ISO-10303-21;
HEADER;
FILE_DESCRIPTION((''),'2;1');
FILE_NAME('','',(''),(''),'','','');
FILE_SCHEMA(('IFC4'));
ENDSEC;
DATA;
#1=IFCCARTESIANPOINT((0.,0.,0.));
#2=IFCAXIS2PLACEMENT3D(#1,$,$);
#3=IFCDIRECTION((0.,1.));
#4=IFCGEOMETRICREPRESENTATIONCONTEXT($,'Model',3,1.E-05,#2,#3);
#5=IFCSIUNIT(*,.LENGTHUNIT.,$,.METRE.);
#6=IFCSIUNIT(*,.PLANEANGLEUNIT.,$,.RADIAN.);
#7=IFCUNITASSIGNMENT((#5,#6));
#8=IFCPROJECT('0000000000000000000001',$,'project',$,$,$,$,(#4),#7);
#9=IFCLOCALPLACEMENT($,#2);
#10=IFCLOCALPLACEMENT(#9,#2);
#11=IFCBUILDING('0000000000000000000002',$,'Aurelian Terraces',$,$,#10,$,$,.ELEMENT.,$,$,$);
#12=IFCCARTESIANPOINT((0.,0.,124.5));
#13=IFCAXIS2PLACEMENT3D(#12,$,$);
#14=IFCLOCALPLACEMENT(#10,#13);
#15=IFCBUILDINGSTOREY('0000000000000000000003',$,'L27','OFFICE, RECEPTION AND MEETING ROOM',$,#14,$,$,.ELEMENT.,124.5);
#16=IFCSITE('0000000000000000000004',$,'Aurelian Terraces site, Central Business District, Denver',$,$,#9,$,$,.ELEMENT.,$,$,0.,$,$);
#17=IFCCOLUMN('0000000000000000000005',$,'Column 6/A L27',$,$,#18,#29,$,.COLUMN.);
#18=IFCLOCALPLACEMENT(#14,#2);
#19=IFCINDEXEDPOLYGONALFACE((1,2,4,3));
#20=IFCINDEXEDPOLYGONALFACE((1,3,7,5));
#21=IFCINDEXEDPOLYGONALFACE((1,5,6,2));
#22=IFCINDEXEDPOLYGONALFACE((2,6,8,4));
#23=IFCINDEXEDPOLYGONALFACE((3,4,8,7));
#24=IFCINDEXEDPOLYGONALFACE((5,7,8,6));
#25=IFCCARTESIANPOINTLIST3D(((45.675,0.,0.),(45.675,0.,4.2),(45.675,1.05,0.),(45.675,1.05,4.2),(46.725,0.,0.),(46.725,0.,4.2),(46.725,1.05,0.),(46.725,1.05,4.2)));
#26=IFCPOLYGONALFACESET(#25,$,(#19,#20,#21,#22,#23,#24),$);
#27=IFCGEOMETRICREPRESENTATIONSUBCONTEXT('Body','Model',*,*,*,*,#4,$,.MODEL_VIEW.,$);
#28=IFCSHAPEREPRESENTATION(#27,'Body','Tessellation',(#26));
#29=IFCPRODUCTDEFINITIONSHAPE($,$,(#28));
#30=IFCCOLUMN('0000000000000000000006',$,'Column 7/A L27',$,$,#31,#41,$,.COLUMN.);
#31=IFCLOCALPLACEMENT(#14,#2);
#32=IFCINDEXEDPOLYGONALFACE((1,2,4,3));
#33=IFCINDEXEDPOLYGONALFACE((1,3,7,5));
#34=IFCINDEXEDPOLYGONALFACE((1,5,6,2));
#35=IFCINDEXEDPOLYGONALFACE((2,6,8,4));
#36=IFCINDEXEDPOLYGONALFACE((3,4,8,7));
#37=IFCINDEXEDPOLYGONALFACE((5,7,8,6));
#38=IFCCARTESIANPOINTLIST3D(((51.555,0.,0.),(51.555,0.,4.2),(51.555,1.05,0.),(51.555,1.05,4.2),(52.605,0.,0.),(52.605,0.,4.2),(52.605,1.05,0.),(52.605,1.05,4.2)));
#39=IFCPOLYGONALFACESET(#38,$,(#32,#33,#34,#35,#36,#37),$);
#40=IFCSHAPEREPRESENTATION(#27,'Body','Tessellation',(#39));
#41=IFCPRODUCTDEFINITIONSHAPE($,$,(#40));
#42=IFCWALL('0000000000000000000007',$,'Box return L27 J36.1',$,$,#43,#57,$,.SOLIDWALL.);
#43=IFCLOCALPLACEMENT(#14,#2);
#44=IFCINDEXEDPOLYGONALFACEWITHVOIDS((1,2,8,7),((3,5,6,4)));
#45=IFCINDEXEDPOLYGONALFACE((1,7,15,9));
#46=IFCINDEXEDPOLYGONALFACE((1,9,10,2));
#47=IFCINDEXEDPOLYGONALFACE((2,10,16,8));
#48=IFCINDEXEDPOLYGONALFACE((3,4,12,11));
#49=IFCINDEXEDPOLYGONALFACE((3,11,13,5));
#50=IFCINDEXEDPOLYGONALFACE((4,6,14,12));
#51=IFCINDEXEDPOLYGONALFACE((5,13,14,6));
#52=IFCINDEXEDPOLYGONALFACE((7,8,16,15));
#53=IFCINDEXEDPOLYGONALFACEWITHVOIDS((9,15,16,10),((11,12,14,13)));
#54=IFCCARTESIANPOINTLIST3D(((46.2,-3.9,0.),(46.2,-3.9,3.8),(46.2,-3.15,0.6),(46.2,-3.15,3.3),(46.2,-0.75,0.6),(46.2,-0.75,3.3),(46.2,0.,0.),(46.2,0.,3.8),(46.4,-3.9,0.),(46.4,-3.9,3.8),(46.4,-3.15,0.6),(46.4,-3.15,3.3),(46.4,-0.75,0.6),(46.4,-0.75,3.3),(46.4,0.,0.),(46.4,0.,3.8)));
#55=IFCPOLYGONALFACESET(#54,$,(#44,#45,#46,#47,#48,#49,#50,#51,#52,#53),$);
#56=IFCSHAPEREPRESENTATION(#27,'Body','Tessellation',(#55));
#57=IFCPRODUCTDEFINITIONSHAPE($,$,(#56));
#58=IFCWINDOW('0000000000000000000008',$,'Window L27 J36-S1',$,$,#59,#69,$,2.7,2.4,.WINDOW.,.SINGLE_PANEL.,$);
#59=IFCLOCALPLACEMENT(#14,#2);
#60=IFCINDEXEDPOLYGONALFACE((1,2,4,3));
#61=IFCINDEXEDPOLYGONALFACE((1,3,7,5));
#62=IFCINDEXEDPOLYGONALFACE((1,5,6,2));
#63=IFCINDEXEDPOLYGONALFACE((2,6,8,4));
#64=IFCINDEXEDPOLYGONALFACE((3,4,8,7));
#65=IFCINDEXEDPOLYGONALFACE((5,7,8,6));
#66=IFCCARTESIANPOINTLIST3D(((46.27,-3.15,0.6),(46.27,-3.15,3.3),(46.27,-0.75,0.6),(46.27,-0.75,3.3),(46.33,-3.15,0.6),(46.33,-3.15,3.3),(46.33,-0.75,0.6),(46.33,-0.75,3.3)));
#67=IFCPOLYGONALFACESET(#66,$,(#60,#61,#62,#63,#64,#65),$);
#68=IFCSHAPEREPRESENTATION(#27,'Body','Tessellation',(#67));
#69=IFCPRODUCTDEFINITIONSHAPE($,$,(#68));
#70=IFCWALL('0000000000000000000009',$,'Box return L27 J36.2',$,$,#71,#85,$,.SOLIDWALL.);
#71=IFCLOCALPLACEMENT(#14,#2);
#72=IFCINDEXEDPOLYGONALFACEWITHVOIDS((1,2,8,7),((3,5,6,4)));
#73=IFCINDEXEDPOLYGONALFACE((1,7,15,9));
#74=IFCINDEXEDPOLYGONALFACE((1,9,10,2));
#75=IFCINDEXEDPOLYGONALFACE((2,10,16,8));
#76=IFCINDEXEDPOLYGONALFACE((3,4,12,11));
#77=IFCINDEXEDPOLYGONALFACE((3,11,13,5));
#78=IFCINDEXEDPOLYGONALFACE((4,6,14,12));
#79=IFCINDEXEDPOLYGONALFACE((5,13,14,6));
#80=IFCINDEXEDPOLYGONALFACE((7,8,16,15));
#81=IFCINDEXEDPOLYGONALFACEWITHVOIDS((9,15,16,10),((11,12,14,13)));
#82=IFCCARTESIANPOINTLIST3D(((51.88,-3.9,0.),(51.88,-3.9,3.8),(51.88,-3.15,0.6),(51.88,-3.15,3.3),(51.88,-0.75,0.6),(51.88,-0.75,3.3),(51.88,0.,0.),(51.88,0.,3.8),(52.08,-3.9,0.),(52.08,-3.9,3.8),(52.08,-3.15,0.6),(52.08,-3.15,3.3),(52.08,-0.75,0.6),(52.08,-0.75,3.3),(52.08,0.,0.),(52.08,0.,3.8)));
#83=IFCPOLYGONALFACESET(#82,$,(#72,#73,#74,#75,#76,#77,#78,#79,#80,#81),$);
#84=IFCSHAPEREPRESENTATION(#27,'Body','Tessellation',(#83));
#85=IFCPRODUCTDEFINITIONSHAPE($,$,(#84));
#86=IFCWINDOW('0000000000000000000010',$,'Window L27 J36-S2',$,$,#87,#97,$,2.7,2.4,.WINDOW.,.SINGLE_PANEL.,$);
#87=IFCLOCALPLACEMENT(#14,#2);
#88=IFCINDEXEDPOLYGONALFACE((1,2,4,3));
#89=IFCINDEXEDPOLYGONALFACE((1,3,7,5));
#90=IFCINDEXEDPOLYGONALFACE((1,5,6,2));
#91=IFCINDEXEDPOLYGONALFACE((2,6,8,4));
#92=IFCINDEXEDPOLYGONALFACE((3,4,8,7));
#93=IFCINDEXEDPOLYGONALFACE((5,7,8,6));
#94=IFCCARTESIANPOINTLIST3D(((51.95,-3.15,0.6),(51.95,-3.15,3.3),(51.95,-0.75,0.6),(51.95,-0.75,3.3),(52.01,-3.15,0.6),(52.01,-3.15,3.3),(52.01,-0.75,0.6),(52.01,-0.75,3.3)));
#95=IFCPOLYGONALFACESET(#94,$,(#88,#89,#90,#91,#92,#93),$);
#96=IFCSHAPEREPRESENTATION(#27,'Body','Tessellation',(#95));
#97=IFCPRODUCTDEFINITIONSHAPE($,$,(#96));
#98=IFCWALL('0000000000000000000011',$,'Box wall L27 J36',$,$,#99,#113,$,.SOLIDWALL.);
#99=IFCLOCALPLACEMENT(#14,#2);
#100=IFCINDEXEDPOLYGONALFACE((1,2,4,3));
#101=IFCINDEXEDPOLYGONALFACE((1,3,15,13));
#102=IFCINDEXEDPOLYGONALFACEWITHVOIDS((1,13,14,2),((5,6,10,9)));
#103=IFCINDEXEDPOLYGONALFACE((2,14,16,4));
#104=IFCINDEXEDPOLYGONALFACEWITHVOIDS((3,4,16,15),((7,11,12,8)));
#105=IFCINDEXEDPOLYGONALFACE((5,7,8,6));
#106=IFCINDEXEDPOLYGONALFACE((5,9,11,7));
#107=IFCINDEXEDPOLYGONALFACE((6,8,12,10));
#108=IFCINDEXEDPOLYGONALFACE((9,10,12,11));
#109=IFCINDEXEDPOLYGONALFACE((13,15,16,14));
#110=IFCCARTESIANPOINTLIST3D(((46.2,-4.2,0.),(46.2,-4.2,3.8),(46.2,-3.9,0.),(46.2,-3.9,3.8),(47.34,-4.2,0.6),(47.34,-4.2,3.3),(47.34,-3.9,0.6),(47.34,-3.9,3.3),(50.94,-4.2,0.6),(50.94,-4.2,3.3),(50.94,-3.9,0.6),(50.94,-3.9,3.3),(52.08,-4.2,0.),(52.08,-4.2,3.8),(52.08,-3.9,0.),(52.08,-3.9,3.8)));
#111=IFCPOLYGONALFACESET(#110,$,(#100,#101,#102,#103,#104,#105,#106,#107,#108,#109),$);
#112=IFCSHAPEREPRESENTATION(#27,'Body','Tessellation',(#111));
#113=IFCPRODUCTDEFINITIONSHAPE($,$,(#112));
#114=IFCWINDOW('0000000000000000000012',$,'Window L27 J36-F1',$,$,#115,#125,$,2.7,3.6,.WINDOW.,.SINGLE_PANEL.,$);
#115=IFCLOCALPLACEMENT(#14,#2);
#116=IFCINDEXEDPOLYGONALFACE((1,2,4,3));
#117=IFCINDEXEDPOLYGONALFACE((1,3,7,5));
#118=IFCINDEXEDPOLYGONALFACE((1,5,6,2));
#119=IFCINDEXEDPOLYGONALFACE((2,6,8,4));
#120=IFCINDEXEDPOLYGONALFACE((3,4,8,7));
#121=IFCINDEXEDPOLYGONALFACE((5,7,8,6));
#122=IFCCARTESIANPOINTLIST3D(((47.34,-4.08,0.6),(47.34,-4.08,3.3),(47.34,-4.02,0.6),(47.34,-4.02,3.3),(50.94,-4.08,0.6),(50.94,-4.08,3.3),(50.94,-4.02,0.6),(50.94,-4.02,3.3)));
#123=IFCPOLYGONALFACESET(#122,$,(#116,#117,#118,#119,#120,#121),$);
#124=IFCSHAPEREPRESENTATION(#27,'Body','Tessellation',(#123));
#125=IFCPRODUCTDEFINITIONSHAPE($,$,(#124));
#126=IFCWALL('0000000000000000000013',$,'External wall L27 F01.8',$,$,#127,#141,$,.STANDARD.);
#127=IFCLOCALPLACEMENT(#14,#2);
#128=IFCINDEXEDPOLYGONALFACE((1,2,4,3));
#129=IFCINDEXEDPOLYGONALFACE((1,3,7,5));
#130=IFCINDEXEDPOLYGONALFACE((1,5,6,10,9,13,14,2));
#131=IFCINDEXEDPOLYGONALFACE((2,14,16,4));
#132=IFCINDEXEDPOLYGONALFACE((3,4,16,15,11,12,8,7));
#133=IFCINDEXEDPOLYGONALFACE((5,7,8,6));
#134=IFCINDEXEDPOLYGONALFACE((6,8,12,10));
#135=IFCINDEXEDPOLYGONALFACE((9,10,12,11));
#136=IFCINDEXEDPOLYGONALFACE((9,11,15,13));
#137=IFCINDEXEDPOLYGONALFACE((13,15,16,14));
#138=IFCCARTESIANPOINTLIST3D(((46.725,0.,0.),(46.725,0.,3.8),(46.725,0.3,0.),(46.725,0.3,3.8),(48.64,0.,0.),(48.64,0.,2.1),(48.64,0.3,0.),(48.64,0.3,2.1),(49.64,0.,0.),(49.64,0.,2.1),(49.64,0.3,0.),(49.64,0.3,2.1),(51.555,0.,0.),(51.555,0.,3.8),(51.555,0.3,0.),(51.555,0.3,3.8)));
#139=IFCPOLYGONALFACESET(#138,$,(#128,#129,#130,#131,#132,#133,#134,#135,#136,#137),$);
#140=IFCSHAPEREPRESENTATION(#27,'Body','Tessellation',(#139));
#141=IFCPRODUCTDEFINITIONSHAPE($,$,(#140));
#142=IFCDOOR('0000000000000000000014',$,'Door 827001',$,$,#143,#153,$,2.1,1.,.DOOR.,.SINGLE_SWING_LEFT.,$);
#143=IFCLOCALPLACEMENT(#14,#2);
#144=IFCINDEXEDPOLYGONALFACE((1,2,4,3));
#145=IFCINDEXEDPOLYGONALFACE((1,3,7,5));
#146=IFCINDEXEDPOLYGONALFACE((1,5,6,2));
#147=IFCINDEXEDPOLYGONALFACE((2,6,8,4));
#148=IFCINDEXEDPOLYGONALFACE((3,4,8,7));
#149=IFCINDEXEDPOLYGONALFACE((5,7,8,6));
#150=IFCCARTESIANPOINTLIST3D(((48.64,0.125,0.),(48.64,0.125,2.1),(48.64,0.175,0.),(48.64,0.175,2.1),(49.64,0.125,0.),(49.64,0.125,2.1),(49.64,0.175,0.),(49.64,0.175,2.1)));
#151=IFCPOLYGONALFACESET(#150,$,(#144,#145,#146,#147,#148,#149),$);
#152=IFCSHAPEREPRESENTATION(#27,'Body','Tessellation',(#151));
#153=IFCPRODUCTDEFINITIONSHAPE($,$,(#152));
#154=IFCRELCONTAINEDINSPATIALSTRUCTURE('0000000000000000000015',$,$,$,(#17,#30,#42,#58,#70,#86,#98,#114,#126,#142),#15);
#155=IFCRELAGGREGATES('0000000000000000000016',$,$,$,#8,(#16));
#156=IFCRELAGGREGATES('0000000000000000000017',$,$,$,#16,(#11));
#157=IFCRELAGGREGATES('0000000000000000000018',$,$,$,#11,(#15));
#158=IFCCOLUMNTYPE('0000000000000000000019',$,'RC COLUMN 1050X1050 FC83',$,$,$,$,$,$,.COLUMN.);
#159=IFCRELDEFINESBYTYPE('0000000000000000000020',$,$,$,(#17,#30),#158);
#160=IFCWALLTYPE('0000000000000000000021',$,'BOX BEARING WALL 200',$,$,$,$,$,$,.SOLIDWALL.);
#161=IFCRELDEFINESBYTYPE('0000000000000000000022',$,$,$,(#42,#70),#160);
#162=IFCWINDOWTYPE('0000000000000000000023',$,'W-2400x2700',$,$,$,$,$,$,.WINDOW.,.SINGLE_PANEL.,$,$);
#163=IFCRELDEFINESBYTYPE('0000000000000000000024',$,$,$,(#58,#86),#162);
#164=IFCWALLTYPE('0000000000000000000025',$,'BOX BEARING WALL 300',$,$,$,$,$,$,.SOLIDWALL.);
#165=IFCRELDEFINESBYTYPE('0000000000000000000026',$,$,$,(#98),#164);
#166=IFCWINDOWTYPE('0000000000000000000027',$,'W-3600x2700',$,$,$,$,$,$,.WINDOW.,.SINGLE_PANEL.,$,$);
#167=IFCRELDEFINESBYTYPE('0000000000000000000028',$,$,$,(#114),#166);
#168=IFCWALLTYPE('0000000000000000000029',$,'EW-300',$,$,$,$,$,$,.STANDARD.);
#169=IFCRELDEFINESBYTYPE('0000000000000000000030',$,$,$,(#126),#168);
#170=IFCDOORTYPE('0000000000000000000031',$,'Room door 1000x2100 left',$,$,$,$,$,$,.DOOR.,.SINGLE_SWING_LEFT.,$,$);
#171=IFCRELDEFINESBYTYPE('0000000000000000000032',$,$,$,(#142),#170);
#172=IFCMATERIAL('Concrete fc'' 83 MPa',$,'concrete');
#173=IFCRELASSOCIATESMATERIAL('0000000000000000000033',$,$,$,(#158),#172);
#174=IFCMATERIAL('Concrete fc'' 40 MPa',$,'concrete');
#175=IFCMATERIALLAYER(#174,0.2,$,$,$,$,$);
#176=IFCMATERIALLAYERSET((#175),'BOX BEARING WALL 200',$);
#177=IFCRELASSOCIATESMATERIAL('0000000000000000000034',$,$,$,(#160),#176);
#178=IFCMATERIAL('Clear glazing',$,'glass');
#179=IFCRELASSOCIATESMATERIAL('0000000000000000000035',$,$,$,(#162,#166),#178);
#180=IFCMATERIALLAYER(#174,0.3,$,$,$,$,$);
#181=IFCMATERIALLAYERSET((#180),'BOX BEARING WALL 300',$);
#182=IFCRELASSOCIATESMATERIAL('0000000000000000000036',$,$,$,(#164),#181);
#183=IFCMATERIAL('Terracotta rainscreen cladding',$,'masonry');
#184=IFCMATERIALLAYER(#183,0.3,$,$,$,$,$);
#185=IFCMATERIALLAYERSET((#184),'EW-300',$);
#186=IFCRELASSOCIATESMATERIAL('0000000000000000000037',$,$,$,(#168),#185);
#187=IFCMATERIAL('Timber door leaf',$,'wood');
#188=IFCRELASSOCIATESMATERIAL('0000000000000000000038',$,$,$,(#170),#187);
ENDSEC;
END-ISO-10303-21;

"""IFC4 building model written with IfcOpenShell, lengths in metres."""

from ifc_helpers import new_model, si_unit, direction, frame, frame_2d, origin, origin_2d, place, context, subcontext, project, spatial, rectangle, extrude, source, transform, mapped, material, layer, layer_set, material_profile, profile_set, type_object, element, fill, save


model = new_model("IFC4")

# Units and contexts
model_context = context("Model", 3, precision=1e-05, world=origin(), true_north=direction((0.0, 1.0)))
body_context = subcontext(model_context, "Body", "Model", "MODEL_VIEW")
ifc_project = project(units=[si_unit("LENGTHUNIT", "METRE"), si_unit("PLANEANGLEUNIT", "RADIAN")], contexts=[model_context])

# Site, building, storey
site_placement = place(None, origin())
site = spatial("IfcSite", under=ifc_project, at=site_placement, Name="Aurelian Terraces site, Central Business District, Denver", CompositionType="ELEMENT", RefElevation=0.0)
building_placement = place(site_placement, origin())
building = spatial("IfcBuilding", under=site, at=building_placement, Name="Aurelian Terraces", CompositionType="ELEMENT")
storey_placement = place(building_placement, frame((0.0, 0.0, 124.5)))
storey = spatial("IfcBuildingStorey", under=building, at=storey_placement, Name="L27", Description="OFFICE, RECEPTION AND MEETING ROOM", CompositionType="ELEMENT", Elevation=124.5)

# Columns
ifc_material_1 = material(Name="Concrete fc' 83 MPa", Category="concrete")
ifc_material_profile = material_profile(ifc_material_1, rectangle(XDim=1.05, YDim=1.05, at=origin_2d()))
ifc_profile_set = profile_set([ifc_material_profile], Name="Concrete fc' 83 MPa")
column_type = type_object("IfcColumnType", Name="RC COLUMN 1050X1050 FC83", PredefinedType="COLUMN", material=ifc_profile_set)
shared_shape_1 = source(origin(), body_context, "Body", "SweptSolid", [
    extrude(rectangle(XDim=1.05, YDim=1.05, at=origin_2d()), origin(), (0.0, 0.0, 1.0), 4.2),
])
for number, where, z_axis, x_axis, name in (
    (1, (46.2, 0.525, 0.0), (0.0, 0.0, 1.0), (1.0, 0.0, 0.0), "Column 6/A L27"),
    (2, (52.08, 0.525, 0.0), (0.0, 0.0, 1.0), (1.0, 0.0, 0.0), "Column 7/A L27"),
):
    element("IfcColumn", number, at=place(storey_placement, frame(where, z_axis=z_axis, x_axis=x_axis)), inside=storey, type_object=column_type, Name=name, PredefinedType="COLUMN", context=body_context, shape_type="MappedRepresentation", body=[
        mapped(shared_shape_1, transform((0.0, 0.0, 0.0), scale=1.0)),
    ])

# Walls, openings, windows
ifc_material_2 = material(Name="Concrete fc' 40 MPa", Category="concrete")
ifc_layer_1 = layer(ifc_material_2, 0.2)
ifc_layer_set_1 = layer_set([ifc_layer_1], Name="BOX BEARING WALL 200")
wall_type_1 = type_object("IfcWallType", Name="BOX BEARING WALL 200", PredefinedType="SOLIDWALL", material=ifc_layer_set_1)
shared_shape_2 = source(origin(), body_context, "Body", "SweptSolid", [
    extrude(rectangle(XDim=3.9, YDim=0.2, at=frame_2d((1.95, 0.0))), origin(), (0.0, 0.0, 1.0), 3.8),
])
wall_1_placement = place(storey_placement, frame((46.3, 0.0, 0.0), z_axis=(0.0, 0.0, 1.0), x_axis=(0.0, -1.0, 0.0)))
wall_1 = element("IfcWall", 3, at=wall_1_placement, inside=storey, type_object=wall_type_1, Name="Box return L27 J36.1", PredefinedType="SOLIDWALL", context=body_context, shape_type="MappedRepresentation", body=[
    mapped(shared_shape_2, transform((0.0, 0.0, 0.0), scale=1.0)),
])
shared_shape_3 = source(origin(), body_context, "Body", "SweptSolid", [
    extrude(rectangle(XDim=2.4, YDim=2.7, at=frame_2d((1.2, 1.35))), frame((0.0, 0.11, 0.0), z_axis=(0.0, -1.0, 0.0), x_axis=(1.0, 0.0, 0.0)), (0.0, 0.0, 1.0), 0.22),
])
opening_1_placement = place(wall_1_placement, frame((0.75, 0.0, 0.6)))
opening_1 = element("IfcOpeningElement", 4, at=opening_1_placement, cuts=wall_1, PredefinedType="OPENING", context=body_context, shape_type="MappedRepresentation", body=[
    mapped(shared_shape_3, transform((0.0, 0.0, 0.0), scale=1.0)),
])
ifc_material_3 = material(Name="Clear glazing", Category="glass")
window_type_1 = type_object("IfcWindowType", Name="W-2400x2700", PartitioningType="SINGLE_PANEL", PredefinedType="WINDOW", material=ifc_material_3)
shared_shape_4 = source(origin(), body_context, "Body", "SweptSolid", [
    extrude(rectangle(XDim=2.4, YDim=2.7, at=frame_2d((1.2, 1.35))), frame((0.0, 0.03, 0.0), z_axis=(0.0, -1.0, 0.0), x_axis=(1.0, 0.0, 0.0)), (0.0, 0.0, 1.0), 0.06),
])
window_1_placement = place(opening_1_placement, origin())
window_1 = element("IfcWindow", 5, at=window_1_placement, inside=storey, type_object=window_type_1, Name="Window L27 J36-S1", OverallHeight=2.7, OverallWidth=2.4, PartitioningType="SINGLE_PANEL", PredefinedType="WINDOW", context=body_context, shape_type="MappedRepresentation", body=[
    mapped(shared_shape_4, transform((0.0, 0.0, 0.0), scale=1.0)),
])
fill(opening_1, window_1)
wall_2_placement = place(storey_placement, frame((51.98, 0.0, 0.0), z_axis=(0.0, 0.0, 1.0), x_axis=(0.0, -1.0, 0.0)))
wall_2 = element("IfcWall", 6, at=wall_2_placement, inside=storey, type_object=wall_type_1, Name="Box return L27 J36.2", PredefinedType="SOLIDWALL", context=body_context, shape_type="MappedRepresentation", body=[
    mapped(shared_shape_2, transform((0.0, 0.0, 0.0), scale=1.0)),
])
opening_2_placement = place(wall_2_placement, frame((0.75, 0.0, 0.6)))
opening_2 = element("IfcOpeningElement", 7, at=opening_2_placement, cuts=wall_2, PredefinedType="OPENING", context=body_context, shape_type="MappedRepresentation", body=[
    mapped(shared_shape_3, transform((0.0, 0.0, 0.0), scale=1.0)),
])
window_2_placement = place(opening_2_placement, origin())
window_2 = element("IfcWindow", 8, at=window_2_placement, inside=storey, type_object=window_type_1, Name="Window L27 J36-S2", OverallHeight=2.7, OverallWidth=2.4, PartitioningType="SINGLE_PANEL", PredefinedType="WINDOW", context=body_context, shape_type="MappedRepresentation", body=[
    mapped(shared_shape_4, transform((0.0, 0.0, 0.0), scale=1.0)),
])
fill(opening_2, window_2)
ifc_layer_2 = layer(ifc_material_2, 0.3)
ifc_layer_set_2 = layer_set([ifc_layer_2], Name="BOX BEARING WALL 300")
wall_type_2 = type_object("IfcWallType", Name="BOX BEARING WALL 300", PredefinedType="SOLIDWALL", material=ifc_layer_set_2)
shared_shape_5 = source(origin(), body_context, "Body", "SweptSolid", [
    extrude(rectangle(XDim=5.88, YDim=0.3, at=frame_2d((2.94, 0.0))), origin(), (0.0, 0.0, 1.0), 3.8),
])
wall_3_placement = place(storey_placement, frame((46.2, -4.05, 0.0), z_axis=(0.0, 0.0, 1.0), x_axis=(1.0, 0.0, 0.0)))
wall_3 = element("IfcWall", 9, at=wall_3_placement, inside=storey, type_object=wall_type_2, Name="Box wall L27 J36", PredefinedType="SOLIDWALL", context=body_context, shape_type="MappedRepresentation", body=[
    mapped(shared_shape_5, transform((0.0, 0.0, 0.0), scale=1.0)),
])
shared_shape_6 = source(origin(), body_context, "Body", "SweptSolid", [
    extrude(rectangle(XDim=3.6, YDim=2.7, at=frame_2d((1.8, 1.35))), frame((0.0, 0.16, 0.0), z_axis=(0.0, -1.0, 0.0), x_axis=(1.0, 0.0, 0.0)), (0.0, 0.0, 1.0), 0.32),
])
opening_3_placement = place(wall_3_placement, frame((1.14, 0.0, 0.6)))
opening_3 = element("IfcOpeningElement", 10, at=opening_3_placement, cuts=wall_3, PredefinedType="OPENING", context=body_context, shape_type="MappedRepresentation", body=[
    mapped(shared_shape_6, transform((0.0, 0.0, 0.0), scale=1.0)),
])
window_type_2 = type_object("IfcWindowType", Name="W-3600x2700", PartitioningType="SINGLE_PANEL", PredefinedType="WINDOW", material=ifc_material_3)
shared_shape_7 = source(origin(), body_context, "Body", "SweptSolid", [
    extrude(rectangle(XDim=3.6, YDim=2.7, at=frame_2d((1.8, 1.35))), frame((0.0, 0.03, 0.0), z_axis=(0.0, -1.0, 0.0), x_axis=(1.0, 0.0, 0.0)), (0.0, 0.0, 1.0), 0.06),
])
window_3_placement = place(opening_3_placement, origin())
window_3 = element("IfcWindow", 11, at=window_3_placement, inside=storey, type_object=window_type_2, Name="Window L27 J36-F1", OverallHeight=2.7, OverallWidth=3.6, PartitioningType="SINGLE_PANEL", PredefinedType="WINDOW", context=body_context, shape_type="MappedRepresentation", body=[
    mapped(shared_shape_7, transform((0.0, 0.0, 0.0), scale=1.0)),
])
fill(opening_3, window_3)

# Wall, opening, door
ifc_material_4 = material(Name="Terracotta rainscreen cladding", Category="masonry")
ifc_layer_3 = layer(ifc_material_4, 0.3)
ifc_layer_set_3 = layer_set([ifc_layer_3], Name="EW-300")
wall_type_3 = type_object("IfcWallType", Name="EW-300", PredefinedType="STANDARD", material=ifc_layer_set_3)
shared_shape_8 = source(origin(), body_context, "Body", "SweptSolid", [
    extrude(rectangle(XDim=4.83, YDim=0.3, at=frame_2d((2.415, 0.0))), origin(), (0.0, 0.0, 1.0), 3.8),
])
wall_4_placement = place(storey_placement, frame((46.725, 0.15, 0.0), z_axis=(0.0, 0.0, 1.0), x_axis=(1.0, 0.0, 0.0)))
wall_4 = element("IfcWall", 12, at=wall_4_placement, inside=storey, type_object=wall_type_3, Name="External wall L27 F01.8", PredefinedType="STANDARD", context=body_context, shape_type="MappedRepresentation", body=[
    mapped(shared_shape_8, transform((0.0, 0.0, 0.0), scale=1.0)),
])
shared_shape_9 = source(origin(), body_context, "Body", "SweptSolid", [
    extrude(rectangle(XDim=1.0, YDim=2.1, at=frame_2d((0.5, 1.05))), frame((0.0, 0.16, 0.0), z_axis=(0.0, -1.0, 0.0), x_axis=(1.0, 0.0, 0.0)), (0.0, 0.0, 1.0), 0.32),
])
opening_4_placement = place(wall_4_placement, frame((1.915, 0.0, 0.0)))
opening_4 = element("IfcOpeningElement", 13, at=opening_4_placement, cuts=wall_4, PredefinedType="OPENING", context=body_context, shape_type="MappedRepresentation", body=[
    mapped(shared_shape_9, transform((0.0, 0.0, 0.0), scale=1.0)),
])
ifc_material_5 = material(Name="Timber door leaf", Category="wood")
door_type = type_object("IfcDoorType", Name="Room door 1000x2100 left", OperationType="SINGLE_SWING_LEFT", PredefinedType="DOOR", material=ifc_material_5)
shared_shape_10 = source(origin(), body_context, "Body", "SweptSolid", [
    extrude(rectangle(XDim=1.0, YDim=2.1, at=frame_2d((0.5, 1.05))), frame((0.0, 0.025, 0.0), z_axis=(0.0, -1.0, 0.0), x_axis=(1.0, 0.0, 0.0)), (0.0, 0.0, 1.0), 0.05),
])
door_placement = place(opening_4_placement, origin())
door = element("IfcDoor", 14, at=door_placement, inside=storey, type_object=door_type, Name="Door 827001", OperationType="SINGLE_SWING_LEFT", OverallHeight=2.1, OverallWidth=1.0, PredefinedType="DOOR", context=body_context, shape_type="MappedRepresentation", body=[
    mapped(shared_shape_10, transform((0.0, 0.0, 0.0), scale=1.0)),
])
fill(opening_4, door)

save(model, "model.ifc")
